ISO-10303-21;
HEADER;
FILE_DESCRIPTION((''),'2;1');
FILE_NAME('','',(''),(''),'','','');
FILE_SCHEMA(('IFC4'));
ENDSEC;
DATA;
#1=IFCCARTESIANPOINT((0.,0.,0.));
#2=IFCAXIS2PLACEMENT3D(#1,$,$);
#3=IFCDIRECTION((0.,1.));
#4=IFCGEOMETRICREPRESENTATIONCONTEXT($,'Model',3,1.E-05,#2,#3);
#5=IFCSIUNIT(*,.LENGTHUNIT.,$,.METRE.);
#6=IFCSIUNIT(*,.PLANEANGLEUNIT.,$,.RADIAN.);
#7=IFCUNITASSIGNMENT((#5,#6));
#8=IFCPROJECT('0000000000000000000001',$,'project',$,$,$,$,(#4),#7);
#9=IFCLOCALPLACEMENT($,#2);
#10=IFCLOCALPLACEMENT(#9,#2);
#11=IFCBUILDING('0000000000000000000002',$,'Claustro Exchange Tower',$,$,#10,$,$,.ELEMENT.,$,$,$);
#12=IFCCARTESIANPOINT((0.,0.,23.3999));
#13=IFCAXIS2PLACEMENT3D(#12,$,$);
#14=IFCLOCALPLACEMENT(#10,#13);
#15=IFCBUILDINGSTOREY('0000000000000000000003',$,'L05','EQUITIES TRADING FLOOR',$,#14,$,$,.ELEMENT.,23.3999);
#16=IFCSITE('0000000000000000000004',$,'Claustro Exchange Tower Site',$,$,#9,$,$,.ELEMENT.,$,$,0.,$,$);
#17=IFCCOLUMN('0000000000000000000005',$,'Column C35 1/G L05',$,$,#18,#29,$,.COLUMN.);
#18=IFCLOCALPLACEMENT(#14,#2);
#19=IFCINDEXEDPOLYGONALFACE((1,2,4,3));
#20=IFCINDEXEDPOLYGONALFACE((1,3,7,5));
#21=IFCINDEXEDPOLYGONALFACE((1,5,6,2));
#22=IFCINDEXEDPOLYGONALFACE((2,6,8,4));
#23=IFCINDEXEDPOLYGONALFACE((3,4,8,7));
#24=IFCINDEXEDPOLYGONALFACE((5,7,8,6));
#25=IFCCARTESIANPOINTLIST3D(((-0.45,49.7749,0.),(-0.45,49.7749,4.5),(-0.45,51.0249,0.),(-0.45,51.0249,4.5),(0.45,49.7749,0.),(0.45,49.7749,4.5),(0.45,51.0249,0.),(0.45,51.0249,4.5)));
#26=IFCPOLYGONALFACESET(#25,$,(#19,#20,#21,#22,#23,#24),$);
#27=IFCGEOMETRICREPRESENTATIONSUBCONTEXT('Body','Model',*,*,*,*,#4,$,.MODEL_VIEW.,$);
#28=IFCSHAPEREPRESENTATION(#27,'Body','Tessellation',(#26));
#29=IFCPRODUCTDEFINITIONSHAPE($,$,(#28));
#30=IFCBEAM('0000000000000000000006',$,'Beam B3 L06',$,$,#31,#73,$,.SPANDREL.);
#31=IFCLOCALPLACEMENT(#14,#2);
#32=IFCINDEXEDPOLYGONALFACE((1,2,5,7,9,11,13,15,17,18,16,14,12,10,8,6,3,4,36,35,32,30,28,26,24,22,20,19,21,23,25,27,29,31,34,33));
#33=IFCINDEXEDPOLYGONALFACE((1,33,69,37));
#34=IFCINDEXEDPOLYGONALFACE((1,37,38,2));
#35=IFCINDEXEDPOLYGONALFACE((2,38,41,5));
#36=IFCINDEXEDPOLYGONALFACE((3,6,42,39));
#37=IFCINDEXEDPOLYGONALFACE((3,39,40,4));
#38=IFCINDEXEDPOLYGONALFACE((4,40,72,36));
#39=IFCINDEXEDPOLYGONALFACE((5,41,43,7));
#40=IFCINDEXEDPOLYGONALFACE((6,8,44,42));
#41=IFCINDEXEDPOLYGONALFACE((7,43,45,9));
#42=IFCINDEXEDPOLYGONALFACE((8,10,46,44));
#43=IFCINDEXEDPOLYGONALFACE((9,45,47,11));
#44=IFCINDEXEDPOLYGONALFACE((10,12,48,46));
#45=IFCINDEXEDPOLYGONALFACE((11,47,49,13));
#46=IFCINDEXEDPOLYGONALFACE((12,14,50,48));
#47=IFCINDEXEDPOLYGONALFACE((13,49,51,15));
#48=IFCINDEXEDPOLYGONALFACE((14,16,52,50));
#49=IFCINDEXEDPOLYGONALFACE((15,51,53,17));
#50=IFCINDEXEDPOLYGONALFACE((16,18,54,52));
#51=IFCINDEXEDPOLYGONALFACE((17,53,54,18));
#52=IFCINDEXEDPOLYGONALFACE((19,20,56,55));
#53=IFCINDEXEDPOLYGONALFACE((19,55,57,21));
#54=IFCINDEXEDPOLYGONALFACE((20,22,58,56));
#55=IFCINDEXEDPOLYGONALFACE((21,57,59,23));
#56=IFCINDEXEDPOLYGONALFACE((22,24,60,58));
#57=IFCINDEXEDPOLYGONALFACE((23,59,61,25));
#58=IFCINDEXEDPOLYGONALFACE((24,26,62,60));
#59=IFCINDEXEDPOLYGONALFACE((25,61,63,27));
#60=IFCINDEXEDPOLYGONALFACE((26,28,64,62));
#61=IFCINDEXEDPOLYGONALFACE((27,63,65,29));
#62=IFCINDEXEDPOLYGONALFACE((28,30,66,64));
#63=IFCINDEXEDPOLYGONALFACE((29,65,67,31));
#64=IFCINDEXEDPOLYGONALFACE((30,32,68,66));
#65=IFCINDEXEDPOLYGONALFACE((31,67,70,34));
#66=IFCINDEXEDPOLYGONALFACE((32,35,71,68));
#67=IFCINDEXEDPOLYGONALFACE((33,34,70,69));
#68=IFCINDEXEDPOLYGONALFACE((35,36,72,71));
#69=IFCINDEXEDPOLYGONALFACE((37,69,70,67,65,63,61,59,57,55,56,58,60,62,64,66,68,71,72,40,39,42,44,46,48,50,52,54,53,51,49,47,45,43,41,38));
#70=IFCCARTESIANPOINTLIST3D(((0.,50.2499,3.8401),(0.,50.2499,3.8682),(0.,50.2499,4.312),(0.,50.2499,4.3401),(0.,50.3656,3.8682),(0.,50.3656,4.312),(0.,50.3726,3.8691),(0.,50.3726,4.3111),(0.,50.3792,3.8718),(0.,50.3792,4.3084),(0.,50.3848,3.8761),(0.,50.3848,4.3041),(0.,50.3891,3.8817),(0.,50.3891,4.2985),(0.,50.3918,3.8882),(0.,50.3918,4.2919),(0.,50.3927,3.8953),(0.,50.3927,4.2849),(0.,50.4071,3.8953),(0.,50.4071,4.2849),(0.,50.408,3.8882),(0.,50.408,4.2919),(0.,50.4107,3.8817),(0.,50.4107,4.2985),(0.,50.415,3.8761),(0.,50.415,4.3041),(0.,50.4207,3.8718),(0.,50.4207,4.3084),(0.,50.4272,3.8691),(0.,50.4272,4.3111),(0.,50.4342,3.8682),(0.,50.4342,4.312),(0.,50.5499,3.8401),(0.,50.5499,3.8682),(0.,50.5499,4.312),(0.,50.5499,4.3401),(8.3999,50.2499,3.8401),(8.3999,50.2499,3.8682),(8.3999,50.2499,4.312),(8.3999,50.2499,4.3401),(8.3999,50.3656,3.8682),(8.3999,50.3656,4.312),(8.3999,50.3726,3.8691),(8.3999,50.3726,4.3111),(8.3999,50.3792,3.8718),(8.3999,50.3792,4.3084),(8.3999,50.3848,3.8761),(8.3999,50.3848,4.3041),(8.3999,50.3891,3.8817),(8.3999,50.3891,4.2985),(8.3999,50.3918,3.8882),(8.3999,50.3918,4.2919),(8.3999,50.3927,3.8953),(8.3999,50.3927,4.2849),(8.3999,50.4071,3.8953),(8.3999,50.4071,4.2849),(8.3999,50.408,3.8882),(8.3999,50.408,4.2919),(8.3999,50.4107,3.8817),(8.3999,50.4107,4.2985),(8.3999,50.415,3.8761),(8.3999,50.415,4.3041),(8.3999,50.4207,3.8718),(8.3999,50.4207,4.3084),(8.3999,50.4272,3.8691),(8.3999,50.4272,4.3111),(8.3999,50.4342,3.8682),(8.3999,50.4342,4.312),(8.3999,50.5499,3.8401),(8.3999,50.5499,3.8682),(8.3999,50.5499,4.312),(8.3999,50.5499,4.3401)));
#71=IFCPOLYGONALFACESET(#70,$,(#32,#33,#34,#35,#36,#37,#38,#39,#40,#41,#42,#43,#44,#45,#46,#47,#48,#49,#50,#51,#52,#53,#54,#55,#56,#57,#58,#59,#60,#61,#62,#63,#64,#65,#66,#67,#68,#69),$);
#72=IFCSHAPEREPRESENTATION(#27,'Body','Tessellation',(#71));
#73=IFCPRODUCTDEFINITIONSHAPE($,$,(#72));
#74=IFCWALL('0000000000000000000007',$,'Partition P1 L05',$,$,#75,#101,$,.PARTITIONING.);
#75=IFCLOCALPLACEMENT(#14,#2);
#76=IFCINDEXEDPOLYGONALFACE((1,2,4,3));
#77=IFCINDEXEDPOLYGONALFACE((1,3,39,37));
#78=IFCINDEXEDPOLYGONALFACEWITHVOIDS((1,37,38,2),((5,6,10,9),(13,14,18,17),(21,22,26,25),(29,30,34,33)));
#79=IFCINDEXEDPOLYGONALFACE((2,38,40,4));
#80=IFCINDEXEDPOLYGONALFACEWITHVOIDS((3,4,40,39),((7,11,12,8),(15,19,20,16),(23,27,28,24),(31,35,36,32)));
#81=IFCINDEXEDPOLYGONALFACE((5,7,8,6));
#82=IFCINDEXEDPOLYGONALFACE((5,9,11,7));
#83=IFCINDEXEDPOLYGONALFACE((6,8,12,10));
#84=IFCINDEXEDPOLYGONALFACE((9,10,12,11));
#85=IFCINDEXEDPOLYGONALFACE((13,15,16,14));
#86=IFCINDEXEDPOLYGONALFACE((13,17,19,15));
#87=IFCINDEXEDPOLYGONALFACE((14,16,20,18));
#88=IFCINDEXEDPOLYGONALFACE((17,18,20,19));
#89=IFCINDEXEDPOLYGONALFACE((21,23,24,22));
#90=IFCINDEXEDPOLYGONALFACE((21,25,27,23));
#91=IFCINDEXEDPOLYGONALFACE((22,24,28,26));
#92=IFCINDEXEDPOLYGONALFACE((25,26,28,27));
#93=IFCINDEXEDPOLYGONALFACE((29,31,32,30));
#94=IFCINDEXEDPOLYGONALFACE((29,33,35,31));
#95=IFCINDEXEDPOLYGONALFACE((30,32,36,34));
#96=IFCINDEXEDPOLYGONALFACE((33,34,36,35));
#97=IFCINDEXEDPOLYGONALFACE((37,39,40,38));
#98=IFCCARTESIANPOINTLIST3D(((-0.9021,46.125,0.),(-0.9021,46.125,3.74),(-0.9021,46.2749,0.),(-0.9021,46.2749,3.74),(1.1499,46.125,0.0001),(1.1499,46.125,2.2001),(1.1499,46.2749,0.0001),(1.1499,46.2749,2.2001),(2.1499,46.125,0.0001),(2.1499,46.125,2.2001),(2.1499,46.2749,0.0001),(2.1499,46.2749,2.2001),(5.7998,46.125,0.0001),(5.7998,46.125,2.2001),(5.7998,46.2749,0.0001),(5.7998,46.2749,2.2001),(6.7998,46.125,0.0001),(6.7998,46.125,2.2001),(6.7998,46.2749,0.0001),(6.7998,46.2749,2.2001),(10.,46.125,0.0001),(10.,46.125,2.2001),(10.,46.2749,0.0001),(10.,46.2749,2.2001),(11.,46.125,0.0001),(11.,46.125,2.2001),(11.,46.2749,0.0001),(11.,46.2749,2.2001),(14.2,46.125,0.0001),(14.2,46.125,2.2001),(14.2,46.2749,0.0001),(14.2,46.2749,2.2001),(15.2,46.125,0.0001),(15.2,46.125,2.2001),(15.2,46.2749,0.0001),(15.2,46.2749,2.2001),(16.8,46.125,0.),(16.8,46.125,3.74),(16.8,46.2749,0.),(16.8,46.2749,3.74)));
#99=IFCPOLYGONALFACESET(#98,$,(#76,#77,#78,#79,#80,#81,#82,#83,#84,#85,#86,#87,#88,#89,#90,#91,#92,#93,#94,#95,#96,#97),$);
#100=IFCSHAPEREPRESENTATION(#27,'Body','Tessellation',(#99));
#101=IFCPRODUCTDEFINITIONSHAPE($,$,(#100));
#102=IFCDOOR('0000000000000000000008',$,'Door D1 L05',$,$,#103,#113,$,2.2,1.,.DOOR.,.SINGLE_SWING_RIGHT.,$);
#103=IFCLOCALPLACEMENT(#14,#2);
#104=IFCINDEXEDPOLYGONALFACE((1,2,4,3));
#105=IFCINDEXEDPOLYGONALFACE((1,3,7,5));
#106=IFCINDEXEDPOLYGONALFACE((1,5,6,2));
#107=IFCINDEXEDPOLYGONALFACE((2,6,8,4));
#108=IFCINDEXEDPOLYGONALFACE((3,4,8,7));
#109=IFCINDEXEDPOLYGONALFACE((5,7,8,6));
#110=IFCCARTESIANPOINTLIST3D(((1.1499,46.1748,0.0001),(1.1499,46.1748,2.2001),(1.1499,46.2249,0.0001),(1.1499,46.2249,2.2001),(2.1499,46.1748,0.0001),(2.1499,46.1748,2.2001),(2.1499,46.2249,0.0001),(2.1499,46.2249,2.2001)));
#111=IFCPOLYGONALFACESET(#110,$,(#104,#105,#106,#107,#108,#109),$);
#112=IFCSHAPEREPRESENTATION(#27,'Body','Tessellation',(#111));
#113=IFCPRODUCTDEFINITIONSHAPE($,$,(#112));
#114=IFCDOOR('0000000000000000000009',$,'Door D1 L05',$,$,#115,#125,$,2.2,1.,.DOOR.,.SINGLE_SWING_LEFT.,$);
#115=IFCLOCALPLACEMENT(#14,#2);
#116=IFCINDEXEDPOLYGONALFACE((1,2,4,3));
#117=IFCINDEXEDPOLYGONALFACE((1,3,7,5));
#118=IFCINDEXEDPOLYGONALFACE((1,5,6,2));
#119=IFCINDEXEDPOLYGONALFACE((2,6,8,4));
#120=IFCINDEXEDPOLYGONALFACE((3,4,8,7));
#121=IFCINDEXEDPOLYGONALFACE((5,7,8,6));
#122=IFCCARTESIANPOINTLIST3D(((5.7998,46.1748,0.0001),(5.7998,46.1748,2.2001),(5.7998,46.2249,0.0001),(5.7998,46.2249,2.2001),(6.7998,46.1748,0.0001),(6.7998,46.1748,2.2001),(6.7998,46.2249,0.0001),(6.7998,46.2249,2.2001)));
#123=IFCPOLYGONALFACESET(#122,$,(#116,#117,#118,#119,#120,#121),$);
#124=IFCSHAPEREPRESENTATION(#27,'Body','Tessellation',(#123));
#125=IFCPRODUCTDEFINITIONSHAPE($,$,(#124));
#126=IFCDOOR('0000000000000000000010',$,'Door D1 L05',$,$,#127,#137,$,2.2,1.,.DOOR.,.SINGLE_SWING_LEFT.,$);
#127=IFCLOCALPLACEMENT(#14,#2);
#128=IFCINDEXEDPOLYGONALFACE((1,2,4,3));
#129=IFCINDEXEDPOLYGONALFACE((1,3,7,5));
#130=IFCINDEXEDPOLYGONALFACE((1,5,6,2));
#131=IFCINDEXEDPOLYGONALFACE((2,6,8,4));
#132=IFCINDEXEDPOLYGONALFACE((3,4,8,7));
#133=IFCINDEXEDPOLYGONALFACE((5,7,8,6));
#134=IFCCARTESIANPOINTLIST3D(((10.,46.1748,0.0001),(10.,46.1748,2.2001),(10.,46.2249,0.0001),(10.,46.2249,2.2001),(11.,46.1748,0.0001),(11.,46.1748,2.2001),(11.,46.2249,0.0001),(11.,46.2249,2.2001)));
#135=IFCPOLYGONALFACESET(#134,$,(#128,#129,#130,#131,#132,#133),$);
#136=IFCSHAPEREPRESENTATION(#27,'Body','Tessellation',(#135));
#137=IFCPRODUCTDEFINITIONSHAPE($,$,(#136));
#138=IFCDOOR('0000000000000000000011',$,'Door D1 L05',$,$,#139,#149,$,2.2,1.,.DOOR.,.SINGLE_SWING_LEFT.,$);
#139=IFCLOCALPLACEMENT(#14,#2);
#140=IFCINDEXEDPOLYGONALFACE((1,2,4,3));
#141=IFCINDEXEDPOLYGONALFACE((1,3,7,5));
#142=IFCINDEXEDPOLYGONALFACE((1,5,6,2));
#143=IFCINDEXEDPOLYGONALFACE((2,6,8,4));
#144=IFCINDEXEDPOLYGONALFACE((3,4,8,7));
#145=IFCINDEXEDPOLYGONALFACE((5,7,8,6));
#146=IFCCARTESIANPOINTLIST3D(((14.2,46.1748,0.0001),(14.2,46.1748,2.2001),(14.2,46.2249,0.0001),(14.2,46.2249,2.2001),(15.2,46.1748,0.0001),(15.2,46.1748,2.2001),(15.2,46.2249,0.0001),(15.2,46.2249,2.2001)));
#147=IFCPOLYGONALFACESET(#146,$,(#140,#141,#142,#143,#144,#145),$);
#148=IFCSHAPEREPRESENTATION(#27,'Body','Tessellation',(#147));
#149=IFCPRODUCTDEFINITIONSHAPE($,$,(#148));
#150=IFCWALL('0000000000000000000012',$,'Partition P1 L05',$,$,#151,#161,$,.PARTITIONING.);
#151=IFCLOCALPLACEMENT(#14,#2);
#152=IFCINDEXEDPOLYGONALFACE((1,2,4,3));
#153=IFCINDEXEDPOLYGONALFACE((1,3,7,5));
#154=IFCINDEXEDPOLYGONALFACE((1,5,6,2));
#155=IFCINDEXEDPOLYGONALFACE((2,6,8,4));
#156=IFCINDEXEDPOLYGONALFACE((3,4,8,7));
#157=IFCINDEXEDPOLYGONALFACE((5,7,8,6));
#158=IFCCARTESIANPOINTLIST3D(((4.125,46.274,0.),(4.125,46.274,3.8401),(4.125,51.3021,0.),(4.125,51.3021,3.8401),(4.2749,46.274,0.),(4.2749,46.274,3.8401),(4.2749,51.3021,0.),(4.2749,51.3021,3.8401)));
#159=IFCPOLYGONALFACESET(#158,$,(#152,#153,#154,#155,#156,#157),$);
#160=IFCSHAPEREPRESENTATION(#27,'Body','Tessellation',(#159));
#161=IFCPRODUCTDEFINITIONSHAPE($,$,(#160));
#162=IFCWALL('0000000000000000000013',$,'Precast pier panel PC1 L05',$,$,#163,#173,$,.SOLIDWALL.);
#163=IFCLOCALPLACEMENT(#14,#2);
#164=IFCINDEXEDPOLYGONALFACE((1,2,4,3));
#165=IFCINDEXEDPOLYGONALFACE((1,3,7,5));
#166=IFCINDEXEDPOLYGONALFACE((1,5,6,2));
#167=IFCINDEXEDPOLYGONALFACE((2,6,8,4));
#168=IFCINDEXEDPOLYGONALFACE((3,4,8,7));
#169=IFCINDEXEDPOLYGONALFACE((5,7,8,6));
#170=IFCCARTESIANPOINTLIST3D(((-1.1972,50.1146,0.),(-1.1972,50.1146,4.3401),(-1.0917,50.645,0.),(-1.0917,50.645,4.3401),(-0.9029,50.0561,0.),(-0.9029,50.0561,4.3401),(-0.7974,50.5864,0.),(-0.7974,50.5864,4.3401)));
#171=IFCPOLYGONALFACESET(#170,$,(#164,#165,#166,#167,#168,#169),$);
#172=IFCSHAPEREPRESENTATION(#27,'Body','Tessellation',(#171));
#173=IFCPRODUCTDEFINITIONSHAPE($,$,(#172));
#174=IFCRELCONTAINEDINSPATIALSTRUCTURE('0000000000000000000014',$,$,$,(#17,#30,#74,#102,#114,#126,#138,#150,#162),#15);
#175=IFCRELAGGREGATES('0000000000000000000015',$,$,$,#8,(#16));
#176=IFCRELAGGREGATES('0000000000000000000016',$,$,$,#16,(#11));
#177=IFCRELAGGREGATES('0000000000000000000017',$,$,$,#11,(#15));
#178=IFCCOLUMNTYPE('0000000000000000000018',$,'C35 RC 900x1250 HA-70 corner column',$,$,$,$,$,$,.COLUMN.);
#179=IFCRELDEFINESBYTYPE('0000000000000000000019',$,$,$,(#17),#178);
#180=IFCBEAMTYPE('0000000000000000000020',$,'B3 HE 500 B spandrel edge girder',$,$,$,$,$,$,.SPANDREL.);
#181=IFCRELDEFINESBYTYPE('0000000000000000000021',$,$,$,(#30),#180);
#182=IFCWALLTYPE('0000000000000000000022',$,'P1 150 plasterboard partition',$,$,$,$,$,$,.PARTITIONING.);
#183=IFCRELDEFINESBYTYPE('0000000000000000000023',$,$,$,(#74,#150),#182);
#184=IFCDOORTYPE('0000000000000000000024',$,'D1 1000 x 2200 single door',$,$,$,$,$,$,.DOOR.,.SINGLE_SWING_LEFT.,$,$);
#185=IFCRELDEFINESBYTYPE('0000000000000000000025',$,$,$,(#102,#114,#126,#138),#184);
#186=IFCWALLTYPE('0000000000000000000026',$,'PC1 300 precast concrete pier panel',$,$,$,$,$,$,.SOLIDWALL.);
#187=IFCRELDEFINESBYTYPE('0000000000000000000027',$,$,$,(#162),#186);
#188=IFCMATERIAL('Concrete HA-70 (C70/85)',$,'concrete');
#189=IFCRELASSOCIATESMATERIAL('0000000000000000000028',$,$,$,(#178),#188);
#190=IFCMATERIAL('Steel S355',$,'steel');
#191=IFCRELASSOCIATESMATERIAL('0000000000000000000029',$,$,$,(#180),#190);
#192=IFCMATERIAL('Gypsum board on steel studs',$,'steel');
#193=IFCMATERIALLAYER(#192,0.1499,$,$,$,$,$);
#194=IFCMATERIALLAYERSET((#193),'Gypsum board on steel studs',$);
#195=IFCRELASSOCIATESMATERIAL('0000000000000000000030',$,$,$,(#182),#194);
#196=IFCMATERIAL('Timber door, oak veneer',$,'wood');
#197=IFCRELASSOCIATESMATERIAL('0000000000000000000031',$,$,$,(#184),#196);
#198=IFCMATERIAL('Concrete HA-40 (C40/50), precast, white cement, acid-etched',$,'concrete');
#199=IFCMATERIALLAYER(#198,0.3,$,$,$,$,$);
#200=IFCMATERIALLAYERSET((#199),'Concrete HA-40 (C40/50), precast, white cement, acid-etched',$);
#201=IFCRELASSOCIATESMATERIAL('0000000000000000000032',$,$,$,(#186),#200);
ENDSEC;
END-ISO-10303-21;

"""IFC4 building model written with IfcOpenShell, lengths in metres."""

from ifc_helpers import new_model, si_unit, direction, frame, frame_2d, origin, origin_2d, place, context, subcontext, project, spatial, rectangle, i_section, extrude, material, layer, layer_set, material_profile, profile_set, type_object, element, fill, save


model = new_model("IFC4")

# Units and contexts
model_context = context("Model", 3, precision=1e-05, world=origin(), true_north=direction((0.0, 1.0)))
body_context = subcontext(model_context, "Body", "Model", "MODEL_VIEW")
ifc_project = project(units=[si_unit("LENGTHUNIT", "METRE"), si_unit("PLANEANGLEUNIT", "RADIAN")], contexts=[model_context])

# Site, building, storey
site_placement = place(None, origin())
site = spatial("IfcSite", under=ifc_project, at=site_placement, Name="Claustro Exchange Tower Site", CompositionType="ELEMENT", RefElevation=0.0)
building_placement = place(site_placement, origin())
building = spatial("IfcBuilding", under=site, at=building_placement, Name="Claustro Exchange Tower", CompositionType="ELEMENT")
storey_placement = place(building_placement, frame((0.0, 0.0, 23.3999)))
storey = spatial("IfcBuildingStorey", under=building, at=storey_placement, Name="L05", Description="EQUITIES TRADING FLOOR", CompositionType="ELEMENT", Elevation=23.3999)

# Column
ifc_material_1 = material(Name="Concrete HA-70 (C70/85)", Category="concrete")
ifc_material_profile_1 = material_profile(ifc_material_1, rectangle(XDim=0.8999, YDim=1.25, at=origin_2d()), Name="RC 900x1250")
ifc_profile_set_1 = profile_set([ifc_material_profile_1], Name="Concrete HA-70 (C70/85)")
column_type = type_object("IfcColumnType", Name="C35 RC 900x1250 HA-70 corner column", PredefinedType="COLUMN", material=ifc_profile_set_1)
column_placement = place(storey_placement, frame((0.0, 50.3999, 0.0), z_axis=(0.0, 0.0, 1.0), x_axis=(1.0, 0.0, 0.0)))
element("IfcColumn", 1, at=column_placement, inside=storey, type_object=column_type, Name="Column C35 1/G L05", PredefinedType="COLUMN", context=body_context, shape_type="SweptSolid", body=[
    extrude(rectangle(XDim=0.8999, YDim=1.25, at=origin_2d()), origin(), (0.0, 0.0, 1.0), 4.5),
])

# Beam
ifc_material_2 = material(Name="Steel S355", Category="steel")
ifc_material_profile_2 = material_profile(ifc_material_2, i_section(OverallWidth=0.3, OverallDepth=0.5, WebThickness=0.0144, FlangeThickness=0.0281, FilletRadius=0.0271, at=origin_2d()), Name="HE 500 B")
ifc_profile_set_2 = profile_set([ifc_material_profile_2], Name="Steel S355")
beam_type = type_object("IfcBeamType", Name="B3 HE 500 B spandrel edge girder", PredefinedType="SPANDREL", material=ifc_profile_set_2)
beam_placement = place(storey_placement, frame((0.0, 50.3999, 4.0901), z_axis=(1.0, 0.0, 0.0), x_axis=(0.0, 1.0, 0.0)))
element("IfcBeam", 2, at=beam_placement, inside=storey, type_object=beam_type, Name="Beam B3 L06", PredefinedType="SPANDREL", context=body_context, shape_type="SweptSolid", body=[
    extrude(i_section(OverallWidth=0.3, OverallDepth=0.5, WebThickness=0.0144, FlangeThickness=0.0281, FilletRadius=0.0271, at=origin_2d()), origin(), (0.0, 0.0, 1.0), 8.3999),
])

# Wall, openings, doors
ifc_material_3 = material(Name="Gypsum board on steel studs", Category="steel")
ifc_layer_1 = layer(ifc_material_3, 0.1499)
ifc_layer_set_1 = layer_set([ifc_layer_1], Name="Gypsum board on steel studs")
wall_type_1 = type_object("IfcWallType", Name="P1 150 plasterboard partition", PredefinedType="PARTITIONING", material=ifc_layer_set_1)
wall_1_placement = place(storey_placement, frame((-0.9021, 46.2, 0.0), z_axis=(0.0, 0.0, 1.0), x_axis=(1.0, 0.0, 0.0)))
wall_1 = element("IfcWall", 3, at=wall_1_placement, inside=storey, type_object=wall_type_1, Name="Partition P1 L05", PredefinedType="PARTITIONING", context=body_context, shape_type="SweptSolid", body=[
    extrude(rectangle(XDim=17.7021, YDim=0.1499, at=frame_2d((8.8511, 0.0))), origin(), (0.0, 0.0, 1.0), 3.74),
])
opening_1_placement = place(wall_1_placement, frame((2.052, 0.0, 0.0)))
opening_1 = element("IfcOpeningElement", 4, at=opening_1_placement, cuts=wall_1, PredefinedType="OPENING", context=body_context, shape_type="SweptSolid", body=[
    extrude(rectangle(XDim=1.0, YDim=2.2, at=frame_2d((0.5, 1.1001))), frame((0.0, 0.085, 0.0), z_axis=(0.0, -1.0, 0.0), x_axis=(1.0, 0.0, 0.0)), (0.0, 0.0, 1.0), 0.1699),
])
opening_2_placement = place(wall_1_placement, frame((6.7019, 0.0, 0.0)))
opening_2 = element("IfcOpeningElement", 5, at=opening_2_placement, cuts=wall_1, PredefinedType="OPENING", context=body_context, shape_type="SweptSolid", body=[
    extrude(rectangle(XDim=1.0, YDim=2.2, at=frame_2d((0.5, 1.1001))), frame((0.0, 0.085, 0.0), z_axis=(0.0, -1.0, 0.0), x_axis=(1.0, 0.0, 0.0)), (0.0, 0.0, 1.0), 0.1699),
])
opening_3_placement = place(wall_1_placement, frame((10.9021, 0.0, 0.0)))
opening_3 = element("IfcOpeningElement", 6, at=opening_3_placement, cuts=wall_1, PredefinedType="OPENING", context=body_context, shape_type="SweptSolid", body=[
    extrude(rectangle(XDim=1.0, YDim=2.2, at=frame_2d((0.5, 1.1001))), frame((0.0, 0.085, 0.0), z_axis=(0.0, -1.0, 0.0), x_axis=(1.0, 0.0, 0.0)), (0.0, 0.0, 1.0), 0.1699),
])
opening_4_placement = place(wall_1_placement, frame((15.1021, 0.0, 0.0)))
opening_4 = element("IfcOpeningElement", 7, at=opening_4_placement, cuts=wall_1, PredefinedType="OPENING", context=body_context, shape_type="SweptSolid", body=[
    extrude(rectangle(XDim=1.0, YDim=2.2, at=frame_2d((0.5, 1.1001))), frame((0.0, 0.085, 0.0), z_axis=(0.0, -1.0, 0.0), x_axis=(1.0, 0.0, 0.0)), (0.0, 0.0, 1.0), 0.1699),
])
ifc_material_4 = material(Name="Timber door, oak veneer", Category="wood")
door_type = type_object("IfcDoorType", Name="D1 1000 x 2200 single door", OperationType="SINGLE_SWING_LEFT", PredefinedType="DOOR", material=ifc_material_4)
door_1_placement = place(opening_1_placement, origin())
door_1 = element("IfcDoor", 8, at=door_1_placement, inside=storey, type_object=door_type, Name="Door D1 L05", OperationType="SINGLE_SWING_RIGHT", OverallHeight=2.2, OverallWidth=1.0, PredefinedType="DOOR", context=body_context, shape_type="SweptSolid", body=[
    extrude(rectangle(XDim=1.0, YDim=2.2, at=frame_2d((0.5, 1.1001))), frame((0.0, 0.0249, 0.0), z_axis=(0.0, -1.0, 0.0), x_axis=(1.0, 0.0, 0.0)), (0.0, 0.0, 1.0), 0.05),
])
fill(opening_1, door_1)
door_2_placement = place(opening_2_placement, origin())
door_2 = element("IfcDoor", 9, at=door_2_placement, inside=storey, type_object=door_type, Name="Door D1 L05", OperationType="SINGLE_SWING_LEFT", OverallHeight=2.2, OverallWidth=1.0, PredefinedType="DOOR", context=body_context, shape_type="SweptSolid", body=[
    extrude(rectangle(XDim=1.0, YDim=2.2, at=frame_2d((0.5, 1.1001))), frame((0.0, 0.0249, 0.0), z_axis=(0.0, -1.0, 0.0), x_axis=(1.0, 0.0, 0.0)), (0.0, 0.0, 1.0), 0.05),
])
fill(opening_2, door_2)
door_3_placement = place(opening_3_placement, origin())
door_3 = element("IfcDoor", 10, at=door_3_placement, inside=storey, type_object=door_type, Name="Door D1 L05", OperationType="SINGLE_SWING_LEFT", OverallHeight=2.2, OverallWidth=1.0, PredefinedType="DOOR", context=body_context, shape_type="SweptSolid", body=[
    extrude(rectangle(XDim=1.0, YDim=2.2, at=frame_2d((0.5, 1.1001))), frame((0.0, 0.0249, 0.0), z_axis=(0.0, -1.0, 0.0), x_axis=(1.0, 0.0, 0.0)), (0.0, 0.0, 1.0), 0.05),
])
fill(opening_3, door_3)
door_4_placement = place(opening_4_placement, origin())
door_4 = element("IfcDoor", 11, at=door_4_placement, inside=storey, type_object=door_type, Name="Door D1 L05", OperationType="SINGLE_SWING_LEFT", OverallHeight=2.2, OverallWidth=1.0, PredefinedType="DOOR", context=body_context, shape_type="SweptSolid", body=[
    extrude(rectangle(XDim=1.0, YDim=2.2, at=frame_2d((0.5, 1.1001))), frame((0.0, 0.0249, 0.0), z_axis=(0.0, -1.0, 0.0), x_axis=(1.0, 0.0, 0.0)), (0.0, 0.0, 1.0), 0.05),
])
fill(opening_4, door_4)

# Walls
wall_2_placement = place(storey_placement, frame((4.2, 46.2739, 0.0), z_axis=(0.0, 0.0, 1.0), x_axis=(0.0, 1.0, 0.0)))
element("IfcWall", 12, at=wall_2_placement, inside=storey, type_object=wall_type_1, Name="Partition P1 L05", PredefinedType="PARTITIONING", context=body_context, shape_type="SweptSolid", body=[
    extrude(rectangle(XDim=5.0281, YDim=0.1499, at=frame_2d((2.5142, 0.0))), origin(), (0.0, 0.0, 1.0), 3.8401),
])
ifc_material_5 = material(Name="Concrete HA-40 (C40/50), precast, white cement, acid-etched", Category="concrete")
ifc_layer_2 = layer(ifc_material_5, 0.3)
ifc_layer_set_2 = layer_set([ifc_layer_2], Name="Concrete HA-40 (C40/50), precast, white cement, acid-etched")
wall_type_2 = type_object("IfcWallType", Name="PC1 300 precast concrete pier panel", PredefinedType="SOLIDWALL", material=ifc_layer_set_2)
wall_3_placement = place(storey_placement, frame((-1.05, 50.0852, 0.0), z_axis=(0.0, 0.0, 1.0), x_axis=(0.195074, 0.980789, 0.0)))
element("IfcWall", 13, at=wall_3_placement, inside=storey, type_object=wall_type_2, Name="Precast pier panel PC1 L05", PredefinedType="SOLIDWALL", context=body_context, shape_type="SweptSolid", body=[
    extrude(rectangle(XDim=0.5408, YDim=0.3, at=frame_2d((0.2705, 0.0))), origin(), (0.0, 0.0, 1.0), 4.3401),
])

save(model, "model.ifc")
